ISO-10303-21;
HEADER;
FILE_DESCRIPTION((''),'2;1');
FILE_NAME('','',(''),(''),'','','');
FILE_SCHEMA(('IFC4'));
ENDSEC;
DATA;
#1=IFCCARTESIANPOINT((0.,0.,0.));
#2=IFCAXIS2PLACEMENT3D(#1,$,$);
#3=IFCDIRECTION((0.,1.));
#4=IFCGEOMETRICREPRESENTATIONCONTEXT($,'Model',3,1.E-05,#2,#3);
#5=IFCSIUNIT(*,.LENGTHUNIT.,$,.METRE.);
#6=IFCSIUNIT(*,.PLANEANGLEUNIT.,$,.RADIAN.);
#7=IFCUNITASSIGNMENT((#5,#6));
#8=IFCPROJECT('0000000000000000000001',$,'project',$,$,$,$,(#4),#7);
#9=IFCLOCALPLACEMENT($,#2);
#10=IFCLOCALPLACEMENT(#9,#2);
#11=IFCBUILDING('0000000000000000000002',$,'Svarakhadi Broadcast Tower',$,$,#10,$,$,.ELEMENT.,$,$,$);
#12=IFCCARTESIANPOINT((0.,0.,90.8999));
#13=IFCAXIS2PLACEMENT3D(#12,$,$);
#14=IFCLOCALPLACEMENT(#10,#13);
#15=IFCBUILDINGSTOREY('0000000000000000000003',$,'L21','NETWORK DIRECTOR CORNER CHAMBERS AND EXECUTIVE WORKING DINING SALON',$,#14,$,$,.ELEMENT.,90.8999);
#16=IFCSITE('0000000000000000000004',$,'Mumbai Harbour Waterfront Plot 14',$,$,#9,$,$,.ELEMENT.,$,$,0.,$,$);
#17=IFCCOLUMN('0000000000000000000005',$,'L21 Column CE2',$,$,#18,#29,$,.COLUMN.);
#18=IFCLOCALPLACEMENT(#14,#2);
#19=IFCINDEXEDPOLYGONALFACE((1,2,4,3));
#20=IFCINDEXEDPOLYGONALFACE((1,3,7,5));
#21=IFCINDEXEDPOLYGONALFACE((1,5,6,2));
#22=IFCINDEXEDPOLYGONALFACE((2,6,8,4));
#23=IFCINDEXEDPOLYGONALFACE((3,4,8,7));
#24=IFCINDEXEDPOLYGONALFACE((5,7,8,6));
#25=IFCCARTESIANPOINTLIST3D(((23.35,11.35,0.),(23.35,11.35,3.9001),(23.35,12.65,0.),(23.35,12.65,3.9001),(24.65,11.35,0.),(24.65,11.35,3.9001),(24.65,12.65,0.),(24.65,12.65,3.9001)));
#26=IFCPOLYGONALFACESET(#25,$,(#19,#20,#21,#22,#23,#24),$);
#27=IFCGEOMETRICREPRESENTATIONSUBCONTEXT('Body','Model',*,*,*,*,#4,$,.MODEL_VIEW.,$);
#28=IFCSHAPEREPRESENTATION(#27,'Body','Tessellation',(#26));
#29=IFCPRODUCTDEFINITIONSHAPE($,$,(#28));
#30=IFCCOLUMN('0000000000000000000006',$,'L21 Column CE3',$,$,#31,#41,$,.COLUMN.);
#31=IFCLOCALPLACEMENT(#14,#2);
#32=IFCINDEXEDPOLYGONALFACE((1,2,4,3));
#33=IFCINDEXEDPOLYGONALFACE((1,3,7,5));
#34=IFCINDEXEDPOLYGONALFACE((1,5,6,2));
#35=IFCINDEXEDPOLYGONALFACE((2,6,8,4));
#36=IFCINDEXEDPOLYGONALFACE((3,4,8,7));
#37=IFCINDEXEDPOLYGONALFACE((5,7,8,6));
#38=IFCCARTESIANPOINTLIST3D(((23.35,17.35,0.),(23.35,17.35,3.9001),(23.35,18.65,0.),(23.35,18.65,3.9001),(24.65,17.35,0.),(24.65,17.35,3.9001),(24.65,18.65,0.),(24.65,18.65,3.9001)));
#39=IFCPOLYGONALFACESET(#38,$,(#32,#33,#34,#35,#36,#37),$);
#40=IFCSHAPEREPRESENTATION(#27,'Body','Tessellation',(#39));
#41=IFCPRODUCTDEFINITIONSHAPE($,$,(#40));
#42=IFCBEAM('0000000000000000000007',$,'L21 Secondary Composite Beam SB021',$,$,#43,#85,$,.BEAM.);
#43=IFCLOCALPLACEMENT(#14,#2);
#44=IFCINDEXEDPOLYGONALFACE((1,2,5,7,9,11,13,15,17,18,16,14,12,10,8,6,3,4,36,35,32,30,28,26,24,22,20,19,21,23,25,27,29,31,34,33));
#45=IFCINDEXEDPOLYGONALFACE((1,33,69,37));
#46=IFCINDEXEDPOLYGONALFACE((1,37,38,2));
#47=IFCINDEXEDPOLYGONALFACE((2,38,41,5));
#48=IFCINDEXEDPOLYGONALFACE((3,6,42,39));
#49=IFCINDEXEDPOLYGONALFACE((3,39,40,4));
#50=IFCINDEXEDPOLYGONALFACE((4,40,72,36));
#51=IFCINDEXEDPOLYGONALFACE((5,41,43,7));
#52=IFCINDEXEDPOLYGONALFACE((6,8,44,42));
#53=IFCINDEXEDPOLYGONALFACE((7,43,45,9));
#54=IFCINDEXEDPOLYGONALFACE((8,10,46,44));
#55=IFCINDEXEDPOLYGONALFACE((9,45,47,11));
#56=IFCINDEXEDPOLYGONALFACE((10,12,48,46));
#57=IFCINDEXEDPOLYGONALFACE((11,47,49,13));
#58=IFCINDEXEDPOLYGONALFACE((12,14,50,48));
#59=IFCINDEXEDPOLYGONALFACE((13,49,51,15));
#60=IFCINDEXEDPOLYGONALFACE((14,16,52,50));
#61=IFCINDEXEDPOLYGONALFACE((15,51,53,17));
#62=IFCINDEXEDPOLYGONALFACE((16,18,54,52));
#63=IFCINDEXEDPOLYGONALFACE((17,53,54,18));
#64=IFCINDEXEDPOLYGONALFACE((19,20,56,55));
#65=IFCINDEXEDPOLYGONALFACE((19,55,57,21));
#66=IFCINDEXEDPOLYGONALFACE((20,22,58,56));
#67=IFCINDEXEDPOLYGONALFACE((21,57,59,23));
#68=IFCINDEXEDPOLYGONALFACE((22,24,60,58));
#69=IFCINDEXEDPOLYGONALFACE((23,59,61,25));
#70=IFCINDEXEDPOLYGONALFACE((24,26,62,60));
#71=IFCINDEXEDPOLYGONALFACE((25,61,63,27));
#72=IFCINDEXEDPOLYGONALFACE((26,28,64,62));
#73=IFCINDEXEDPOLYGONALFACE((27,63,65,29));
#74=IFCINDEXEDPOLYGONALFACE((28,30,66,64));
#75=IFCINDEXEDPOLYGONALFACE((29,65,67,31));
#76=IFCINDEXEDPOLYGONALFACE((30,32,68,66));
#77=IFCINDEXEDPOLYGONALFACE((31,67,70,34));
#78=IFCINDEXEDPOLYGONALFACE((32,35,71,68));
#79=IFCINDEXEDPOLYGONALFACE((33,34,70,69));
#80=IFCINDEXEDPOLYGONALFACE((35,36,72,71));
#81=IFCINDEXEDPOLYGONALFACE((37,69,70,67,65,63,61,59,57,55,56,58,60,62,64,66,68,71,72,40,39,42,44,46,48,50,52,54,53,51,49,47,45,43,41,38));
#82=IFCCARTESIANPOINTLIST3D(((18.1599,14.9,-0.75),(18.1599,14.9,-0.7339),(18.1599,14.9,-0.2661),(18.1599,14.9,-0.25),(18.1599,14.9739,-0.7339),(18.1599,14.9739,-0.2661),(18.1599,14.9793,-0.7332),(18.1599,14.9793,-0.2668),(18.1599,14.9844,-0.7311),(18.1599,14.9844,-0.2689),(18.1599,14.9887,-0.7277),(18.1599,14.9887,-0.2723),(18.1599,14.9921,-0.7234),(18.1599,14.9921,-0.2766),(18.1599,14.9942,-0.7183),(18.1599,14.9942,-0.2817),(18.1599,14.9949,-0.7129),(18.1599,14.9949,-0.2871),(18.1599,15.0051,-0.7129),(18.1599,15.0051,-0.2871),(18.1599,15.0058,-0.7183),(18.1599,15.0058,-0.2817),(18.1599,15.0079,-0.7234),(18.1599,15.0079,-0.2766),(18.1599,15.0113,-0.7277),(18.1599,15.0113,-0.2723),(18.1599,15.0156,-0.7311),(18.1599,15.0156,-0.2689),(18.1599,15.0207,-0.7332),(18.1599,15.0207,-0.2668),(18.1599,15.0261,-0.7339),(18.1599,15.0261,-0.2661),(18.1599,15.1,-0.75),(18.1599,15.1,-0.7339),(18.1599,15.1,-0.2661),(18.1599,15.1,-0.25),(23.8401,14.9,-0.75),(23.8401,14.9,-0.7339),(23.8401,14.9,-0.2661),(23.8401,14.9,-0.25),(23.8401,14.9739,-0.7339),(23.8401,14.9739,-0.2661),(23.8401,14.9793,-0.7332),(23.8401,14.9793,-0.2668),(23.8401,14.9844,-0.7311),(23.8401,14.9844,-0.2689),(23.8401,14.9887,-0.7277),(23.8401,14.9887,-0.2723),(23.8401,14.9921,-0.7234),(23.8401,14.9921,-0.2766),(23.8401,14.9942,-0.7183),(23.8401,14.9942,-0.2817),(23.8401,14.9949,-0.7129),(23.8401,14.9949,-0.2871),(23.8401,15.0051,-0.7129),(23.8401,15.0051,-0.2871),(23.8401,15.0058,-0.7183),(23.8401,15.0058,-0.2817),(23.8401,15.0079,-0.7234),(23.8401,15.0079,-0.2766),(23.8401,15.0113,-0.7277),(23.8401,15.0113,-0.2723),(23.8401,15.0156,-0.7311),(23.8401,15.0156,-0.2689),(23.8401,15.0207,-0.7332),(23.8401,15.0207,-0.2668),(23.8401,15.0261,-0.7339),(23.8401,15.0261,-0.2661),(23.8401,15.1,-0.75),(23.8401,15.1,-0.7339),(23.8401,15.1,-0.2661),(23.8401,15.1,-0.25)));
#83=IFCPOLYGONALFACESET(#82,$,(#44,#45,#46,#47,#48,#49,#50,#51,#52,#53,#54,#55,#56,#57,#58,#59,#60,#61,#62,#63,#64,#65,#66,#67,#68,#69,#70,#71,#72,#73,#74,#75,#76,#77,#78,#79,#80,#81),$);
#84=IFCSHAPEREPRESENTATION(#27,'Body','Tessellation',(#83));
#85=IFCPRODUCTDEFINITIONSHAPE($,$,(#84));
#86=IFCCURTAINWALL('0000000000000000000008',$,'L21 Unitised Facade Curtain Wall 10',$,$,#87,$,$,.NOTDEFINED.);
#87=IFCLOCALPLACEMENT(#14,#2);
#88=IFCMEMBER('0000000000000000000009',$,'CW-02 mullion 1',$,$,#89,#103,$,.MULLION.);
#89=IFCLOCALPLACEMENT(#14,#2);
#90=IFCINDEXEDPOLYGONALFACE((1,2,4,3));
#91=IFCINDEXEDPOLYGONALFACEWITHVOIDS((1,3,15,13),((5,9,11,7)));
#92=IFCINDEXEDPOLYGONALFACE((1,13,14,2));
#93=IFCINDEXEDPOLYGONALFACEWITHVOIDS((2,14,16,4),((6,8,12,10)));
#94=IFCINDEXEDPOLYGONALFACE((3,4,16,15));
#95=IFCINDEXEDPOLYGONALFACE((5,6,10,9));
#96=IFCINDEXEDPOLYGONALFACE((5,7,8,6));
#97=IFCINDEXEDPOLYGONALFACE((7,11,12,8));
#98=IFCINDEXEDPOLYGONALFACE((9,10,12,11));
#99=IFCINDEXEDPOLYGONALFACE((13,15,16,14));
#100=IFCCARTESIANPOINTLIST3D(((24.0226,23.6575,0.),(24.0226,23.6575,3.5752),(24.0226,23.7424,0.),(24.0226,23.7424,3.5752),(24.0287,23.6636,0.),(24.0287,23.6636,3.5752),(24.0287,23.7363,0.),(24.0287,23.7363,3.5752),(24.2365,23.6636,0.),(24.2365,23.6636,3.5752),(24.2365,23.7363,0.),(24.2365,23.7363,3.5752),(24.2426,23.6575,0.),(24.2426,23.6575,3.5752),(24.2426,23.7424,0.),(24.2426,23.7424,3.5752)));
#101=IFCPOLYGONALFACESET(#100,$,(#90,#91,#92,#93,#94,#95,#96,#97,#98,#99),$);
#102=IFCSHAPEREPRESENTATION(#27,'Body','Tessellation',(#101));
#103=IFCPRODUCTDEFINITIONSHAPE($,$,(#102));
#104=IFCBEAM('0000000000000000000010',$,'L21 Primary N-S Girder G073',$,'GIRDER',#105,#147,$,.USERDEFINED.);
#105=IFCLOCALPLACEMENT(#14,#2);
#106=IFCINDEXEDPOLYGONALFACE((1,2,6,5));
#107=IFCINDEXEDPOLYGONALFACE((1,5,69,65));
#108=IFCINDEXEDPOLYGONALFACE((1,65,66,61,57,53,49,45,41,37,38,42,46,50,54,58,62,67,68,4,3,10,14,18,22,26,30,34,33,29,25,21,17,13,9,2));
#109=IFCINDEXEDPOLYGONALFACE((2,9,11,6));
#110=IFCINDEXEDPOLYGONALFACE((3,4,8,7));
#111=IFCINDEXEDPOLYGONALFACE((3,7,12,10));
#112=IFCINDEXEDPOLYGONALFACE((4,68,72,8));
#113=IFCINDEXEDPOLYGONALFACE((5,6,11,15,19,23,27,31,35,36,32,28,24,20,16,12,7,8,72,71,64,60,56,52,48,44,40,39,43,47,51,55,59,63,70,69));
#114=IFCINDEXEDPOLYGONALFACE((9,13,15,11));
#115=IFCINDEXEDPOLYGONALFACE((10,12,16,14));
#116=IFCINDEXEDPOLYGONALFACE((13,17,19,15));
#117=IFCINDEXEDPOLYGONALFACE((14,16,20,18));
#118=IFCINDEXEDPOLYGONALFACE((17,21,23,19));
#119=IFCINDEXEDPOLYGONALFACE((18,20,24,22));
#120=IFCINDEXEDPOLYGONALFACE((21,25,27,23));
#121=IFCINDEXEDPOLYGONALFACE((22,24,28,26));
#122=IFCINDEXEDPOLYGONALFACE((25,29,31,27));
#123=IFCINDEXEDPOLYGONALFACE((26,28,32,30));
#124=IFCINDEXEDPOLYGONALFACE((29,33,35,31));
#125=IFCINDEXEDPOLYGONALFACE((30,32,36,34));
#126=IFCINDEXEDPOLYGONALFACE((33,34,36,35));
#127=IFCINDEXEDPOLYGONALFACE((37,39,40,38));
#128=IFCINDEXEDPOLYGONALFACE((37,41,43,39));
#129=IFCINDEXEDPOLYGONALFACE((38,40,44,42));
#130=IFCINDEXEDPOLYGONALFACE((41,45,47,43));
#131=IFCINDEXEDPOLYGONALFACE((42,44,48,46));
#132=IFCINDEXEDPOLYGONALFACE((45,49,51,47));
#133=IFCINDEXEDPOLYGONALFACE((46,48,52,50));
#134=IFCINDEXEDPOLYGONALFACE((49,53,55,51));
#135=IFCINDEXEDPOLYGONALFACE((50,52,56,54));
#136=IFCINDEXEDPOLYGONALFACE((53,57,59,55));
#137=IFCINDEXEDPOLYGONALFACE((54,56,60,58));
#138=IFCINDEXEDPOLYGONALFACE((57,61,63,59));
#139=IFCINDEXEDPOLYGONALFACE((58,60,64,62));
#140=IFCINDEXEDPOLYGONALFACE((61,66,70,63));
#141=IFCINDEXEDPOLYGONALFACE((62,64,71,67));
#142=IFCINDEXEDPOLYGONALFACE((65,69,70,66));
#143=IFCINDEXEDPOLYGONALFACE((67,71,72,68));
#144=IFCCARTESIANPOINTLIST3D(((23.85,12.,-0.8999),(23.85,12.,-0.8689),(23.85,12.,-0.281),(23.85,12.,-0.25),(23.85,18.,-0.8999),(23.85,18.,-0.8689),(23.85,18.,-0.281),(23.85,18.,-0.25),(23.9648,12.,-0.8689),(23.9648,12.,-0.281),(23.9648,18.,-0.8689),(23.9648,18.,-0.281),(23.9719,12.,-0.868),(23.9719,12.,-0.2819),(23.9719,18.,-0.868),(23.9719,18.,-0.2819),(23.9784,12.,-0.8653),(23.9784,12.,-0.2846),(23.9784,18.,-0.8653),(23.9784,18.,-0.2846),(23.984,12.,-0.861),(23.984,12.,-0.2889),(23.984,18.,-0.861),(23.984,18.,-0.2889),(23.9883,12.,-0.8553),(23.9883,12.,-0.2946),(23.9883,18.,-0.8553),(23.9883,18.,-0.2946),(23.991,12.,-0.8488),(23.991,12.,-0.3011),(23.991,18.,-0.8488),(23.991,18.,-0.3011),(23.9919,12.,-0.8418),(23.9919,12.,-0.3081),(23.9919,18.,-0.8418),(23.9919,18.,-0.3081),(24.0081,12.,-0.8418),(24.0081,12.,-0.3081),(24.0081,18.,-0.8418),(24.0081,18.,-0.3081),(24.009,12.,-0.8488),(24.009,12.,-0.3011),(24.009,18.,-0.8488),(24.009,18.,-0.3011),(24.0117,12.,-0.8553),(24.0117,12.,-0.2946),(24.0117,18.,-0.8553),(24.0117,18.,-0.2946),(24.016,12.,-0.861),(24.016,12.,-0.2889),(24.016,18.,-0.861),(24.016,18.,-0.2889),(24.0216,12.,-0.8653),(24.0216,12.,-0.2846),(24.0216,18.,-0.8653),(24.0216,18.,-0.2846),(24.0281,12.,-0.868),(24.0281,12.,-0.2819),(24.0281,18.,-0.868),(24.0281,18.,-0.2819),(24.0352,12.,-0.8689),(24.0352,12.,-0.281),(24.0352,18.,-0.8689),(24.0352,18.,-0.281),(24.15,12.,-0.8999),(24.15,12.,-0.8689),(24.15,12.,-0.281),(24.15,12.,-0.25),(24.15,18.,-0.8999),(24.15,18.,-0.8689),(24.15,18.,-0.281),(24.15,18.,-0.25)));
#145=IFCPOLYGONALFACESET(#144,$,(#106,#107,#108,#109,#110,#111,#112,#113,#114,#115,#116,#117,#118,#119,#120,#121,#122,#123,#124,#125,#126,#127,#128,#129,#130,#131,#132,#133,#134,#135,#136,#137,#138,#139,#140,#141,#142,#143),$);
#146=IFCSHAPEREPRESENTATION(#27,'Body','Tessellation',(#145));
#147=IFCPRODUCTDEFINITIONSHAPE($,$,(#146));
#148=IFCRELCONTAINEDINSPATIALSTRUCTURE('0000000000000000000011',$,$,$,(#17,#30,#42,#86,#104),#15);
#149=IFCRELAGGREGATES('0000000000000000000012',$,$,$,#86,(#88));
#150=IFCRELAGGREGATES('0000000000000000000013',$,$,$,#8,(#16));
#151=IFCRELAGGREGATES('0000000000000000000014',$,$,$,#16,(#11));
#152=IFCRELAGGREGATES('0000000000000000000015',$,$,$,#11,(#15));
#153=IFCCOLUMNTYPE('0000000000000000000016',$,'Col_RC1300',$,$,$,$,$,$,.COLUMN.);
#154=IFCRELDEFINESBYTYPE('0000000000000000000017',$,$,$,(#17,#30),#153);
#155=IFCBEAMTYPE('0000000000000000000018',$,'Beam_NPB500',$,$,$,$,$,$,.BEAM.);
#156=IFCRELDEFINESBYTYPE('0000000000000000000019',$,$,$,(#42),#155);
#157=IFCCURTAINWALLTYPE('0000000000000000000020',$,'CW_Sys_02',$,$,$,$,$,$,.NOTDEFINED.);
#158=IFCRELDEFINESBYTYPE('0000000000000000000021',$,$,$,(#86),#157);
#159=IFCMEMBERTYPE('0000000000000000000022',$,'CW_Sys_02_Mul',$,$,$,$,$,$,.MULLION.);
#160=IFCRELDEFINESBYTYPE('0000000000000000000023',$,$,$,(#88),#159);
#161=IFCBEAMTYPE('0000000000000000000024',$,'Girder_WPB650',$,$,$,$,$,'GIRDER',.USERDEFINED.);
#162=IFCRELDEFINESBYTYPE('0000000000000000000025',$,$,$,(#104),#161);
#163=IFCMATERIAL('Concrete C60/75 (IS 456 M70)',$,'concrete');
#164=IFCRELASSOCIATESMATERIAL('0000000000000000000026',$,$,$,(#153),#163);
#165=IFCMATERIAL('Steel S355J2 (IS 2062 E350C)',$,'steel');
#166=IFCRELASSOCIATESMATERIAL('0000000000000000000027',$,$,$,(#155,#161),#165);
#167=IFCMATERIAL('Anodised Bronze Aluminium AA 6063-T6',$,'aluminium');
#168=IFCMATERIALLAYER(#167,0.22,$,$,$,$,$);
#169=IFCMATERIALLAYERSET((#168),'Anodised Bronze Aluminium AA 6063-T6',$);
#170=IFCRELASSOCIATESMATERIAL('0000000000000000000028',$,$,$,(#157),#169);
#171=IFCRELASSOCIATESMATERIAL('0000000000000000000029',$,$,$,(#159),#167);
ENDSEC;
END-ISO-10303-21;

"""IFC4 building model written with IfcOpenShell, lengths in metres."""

from ifc_helpers import new_model, si_unit, direction, frame, origin, origin_2d, place, context, subcontext, project, spatial, rectangle, hollow_rectangle, i_section, extrude, material, layer, layer_set, material_profile, profile_set, type_object, element, aggregate, save


model = new_model("IFC4")

# Units and contexts
model_context = context("Model", 3, precision=1e-05, world=origin(), true_north=direction((0.0, 1.0)))
body_context = subcontext(model_context, "Body", "Model", "MODEL_VIEW")
ifc_project = project(units=[si_unit("LENGTHUNIT", "METRE"), si_unit("PLANEANGLEUNIT", "RADIAN")], contexts=[model_context])

# Site, building, storey
site_placement = place(None, origin())
site = spatial("IfcSite", under=ifc_project, at=site_placement, Name="Mumbai Harbour Waterfront Plot 14", CompositionType="ELEMENT", RefElevation=0.0)
building_placement = place(site_placement, origin())
building = spatial("IfcBuilding", under=site, at=building_placement, Name="Svarakhadi Broadcast Tower", CompositionType="ELEMENT")
storey_placement = place(building_placement, frame((0.0, 0.0, 90.8999)))
storey = spatial("IfcBuildingStorey", under=building, at=storey_placement, Name="L21", Description="NETWORK DIRECTOR CORNER CHAMBERS AND EXECUTIVE WORKING DINING SALON", CompositionType="ELEMENT", Elevation=90.8999)

# Columns
ifc_material_1 = material(Name="Concrete C60/75 (IS 456 M70)", Category="concrete")
ifc_material_profile_1 = material_profile(ifc_material_1, rectangle(XDim=1.3, YDim=1.3, at=origin_2d()), Name="RC 1300x1300")
ifc_profile_set_1 = profile_set([ifc_material_profile_1], Name="Concrete C60/75 (IS 456 M70)")
column_type = type_object("IfcColumnType", Name="Col_RC1300", PredefinedType="COLUMN", material=ifc_profile_set_1)
for number, where, z_axis, x_axis, name in (
    (1, (24.0, 12.0, 0.0), (0.0, 0.0, 1.0), (1.0, 0.0, 0.0), "L21 Column CE2"),
    (2, (24.0, 18.0, 0.0), (0.0, 0.0, 1.0), (1.0, 0.0, 0.0), "L21 Column CE3"),
):
    element("IfcColumn", number, at=place(storey_placement, frame(where, z_axis=z_axis, x_axis=x_axis)), inside=storey, type_object=column_type, Name=name, PredefinedType="COLUMN", context=body_context, shape_type="SweptSolid", body=[
        extrude(rectangle(XDim=1.3, YDim=1.3, at=origin_2d()), origin(), (0.0, 0.0, 1.0), 3.9001),
    ])

# Beam
ifc_material_2 = material(Name="Steel S355J2 (IS 2062 E350C)", Category="steel")
ifc_material_profile_2 = material_profile(ifc_material_2, i_section(OverallWidth=0.2, OverallDepth=0.5, WebThickness=0.0103, FlangeThickness=0.0161, FilletRadius=0.021, at=origin_2d()), Name="NPB 500x200x91")
ifc_profile_set_2 = profile_set([ifc_material_profile_2], Name="Steel S355J2 (IS 2062 E350C)")
beam_type_1 = type_object("IfcBeamType", Name="Beam_NPB500", PredefinedType="BEAM", material=ifc_profile_set_2)
beam_1_placement = place(storey_placement, frame((18.1599, 15.0, -0.5), z_axis=(1.0, 0.0, 0.0), x_axis=(0.0, 1.0, 0.0)))
element("IfcBeam", 3, at=beam_1_placement, inside=storey, type_object=beam_type_1, Name="L21 Secondary Composite Beam SB021", PredefinedType="BEAM", context=body_context, shape_type="SweptSolid", body=[
    extrude(i_section(OverallWidth=0.2, OverallDepth=0.5, WebThickness=0.0103, FlangeThickness=0.0161, FilletRadius=0.021, at=origin_2d()), origin(), (0.0, 0.0, 1.0), 5.6802),
])

# Curtain wall, member
ifc_material_3 = material(Name="Anodised Bronze Aluminium AA 6063-T6", Category="aluminium")
ifc_layer_1 = layer(ifc_material_3, 0.22)
ifc_layer_set_1 = layer_set([ifc_layer_1], Name="Anodised Bronze Aluminium AA 6063-T6")
curtain_wall_type = type_object("IfcCurtainWallType", Name="CW_Sys_02", PredefinedType="NOTDEFINED", material=ifc_layer_set_1)
curtain_wall_placement = place(storey_placement, origin())
curtain_wall = element("IfcCurtainWall", 4, at=curtain_wall_placement, inside=storey, type_object=curtain_wall_type, Name="L21 Unitised Facade Curtain Wall 10", PredefinedType="NOTDEFINED")
ifc_material_profile_3 = material_profile(ifc_material_3, hollow_rectangle(XDim=0.085, YDim=0.22, WallThickness=0.0061, at=origin_2d()), Name="ALU MULLION 220x85x6")
ifc_profile_set_3 = profile_set([ifc_material_profile_3], Name="Anodised Bronze Aluminium AA 6063-T6")
member_type = type_object("IfcMemberType", Name="CW_Sys_02_Mul", PredefinedType="MULLION", material=ifc_profile_set_3)
member_placement = place(storey_placement, frame((24.1326, 23.7, 0.0), z_axis=(0.0, 0.0, 1.0), x_axis=(0.0, 1.0, 0.0)))
member = element("IfcMember", 5, at=member_placement, type_object=member_type, Name="CW-02 mullion 1", PredefinedType="MULLION", context=body_context, shape_type="SweptSolid", body=[
    extrude(hollow_rectangle(XDim=0.085, YDim=0.22, WallThickness=0.0061, at=origin_2d()), origin(), (0.0, 0.0, 1.0), 3.5752),
])
aggregate(curtain_wall, [member])

# Beam
ifc_material_profile_4 = material_profile(ifc_material_2, i_section(OverallWidth=0.3, OverallDepth=0.6499, WebThickness=0.0161, FlangeThickness=0.031, FilletRadius=0.0271, at=origin_2d()), Name="WPB 650x300x225")
ifc_profile_set_4 = profile_set([ifc_material_profile_4], Name="Steel S355J2 (IS 2062 E350C)")
beam_type_2 = type_object("IfcBeamType", Name="Girder_WPB650", ElementType="GIRDER", PredefinedType="USERDEFINED", material=ifc_profile_set_4)
beam_2_placement = place(storey_placement, frame((24.0, 12.0, -0.575), z_axis=(0.0, 1.0, 0.0), x_axis=(-1.0, 0.0, 0.0)))
element("IfcBeam", 6, at=beam_2_placement, inside=storey, type_object=beam_type_2, Name="L21 Primary N-S Girder G073", ObjectType="GIRDER", PredefinedType="USERDEFINED", context=body_context, shape_type="SweptSolid", body=[
    extrude(i_section(OverallWidth=0.3, OverallDepth=0.6499, WebThickness=0.0161, FlangeThickness=0.031, FilletRadius=0.0271, at=origin_2d()), origin(), (0.0, 0.0, 1.0), 6.0),
])

save(model, "model.ifc")
